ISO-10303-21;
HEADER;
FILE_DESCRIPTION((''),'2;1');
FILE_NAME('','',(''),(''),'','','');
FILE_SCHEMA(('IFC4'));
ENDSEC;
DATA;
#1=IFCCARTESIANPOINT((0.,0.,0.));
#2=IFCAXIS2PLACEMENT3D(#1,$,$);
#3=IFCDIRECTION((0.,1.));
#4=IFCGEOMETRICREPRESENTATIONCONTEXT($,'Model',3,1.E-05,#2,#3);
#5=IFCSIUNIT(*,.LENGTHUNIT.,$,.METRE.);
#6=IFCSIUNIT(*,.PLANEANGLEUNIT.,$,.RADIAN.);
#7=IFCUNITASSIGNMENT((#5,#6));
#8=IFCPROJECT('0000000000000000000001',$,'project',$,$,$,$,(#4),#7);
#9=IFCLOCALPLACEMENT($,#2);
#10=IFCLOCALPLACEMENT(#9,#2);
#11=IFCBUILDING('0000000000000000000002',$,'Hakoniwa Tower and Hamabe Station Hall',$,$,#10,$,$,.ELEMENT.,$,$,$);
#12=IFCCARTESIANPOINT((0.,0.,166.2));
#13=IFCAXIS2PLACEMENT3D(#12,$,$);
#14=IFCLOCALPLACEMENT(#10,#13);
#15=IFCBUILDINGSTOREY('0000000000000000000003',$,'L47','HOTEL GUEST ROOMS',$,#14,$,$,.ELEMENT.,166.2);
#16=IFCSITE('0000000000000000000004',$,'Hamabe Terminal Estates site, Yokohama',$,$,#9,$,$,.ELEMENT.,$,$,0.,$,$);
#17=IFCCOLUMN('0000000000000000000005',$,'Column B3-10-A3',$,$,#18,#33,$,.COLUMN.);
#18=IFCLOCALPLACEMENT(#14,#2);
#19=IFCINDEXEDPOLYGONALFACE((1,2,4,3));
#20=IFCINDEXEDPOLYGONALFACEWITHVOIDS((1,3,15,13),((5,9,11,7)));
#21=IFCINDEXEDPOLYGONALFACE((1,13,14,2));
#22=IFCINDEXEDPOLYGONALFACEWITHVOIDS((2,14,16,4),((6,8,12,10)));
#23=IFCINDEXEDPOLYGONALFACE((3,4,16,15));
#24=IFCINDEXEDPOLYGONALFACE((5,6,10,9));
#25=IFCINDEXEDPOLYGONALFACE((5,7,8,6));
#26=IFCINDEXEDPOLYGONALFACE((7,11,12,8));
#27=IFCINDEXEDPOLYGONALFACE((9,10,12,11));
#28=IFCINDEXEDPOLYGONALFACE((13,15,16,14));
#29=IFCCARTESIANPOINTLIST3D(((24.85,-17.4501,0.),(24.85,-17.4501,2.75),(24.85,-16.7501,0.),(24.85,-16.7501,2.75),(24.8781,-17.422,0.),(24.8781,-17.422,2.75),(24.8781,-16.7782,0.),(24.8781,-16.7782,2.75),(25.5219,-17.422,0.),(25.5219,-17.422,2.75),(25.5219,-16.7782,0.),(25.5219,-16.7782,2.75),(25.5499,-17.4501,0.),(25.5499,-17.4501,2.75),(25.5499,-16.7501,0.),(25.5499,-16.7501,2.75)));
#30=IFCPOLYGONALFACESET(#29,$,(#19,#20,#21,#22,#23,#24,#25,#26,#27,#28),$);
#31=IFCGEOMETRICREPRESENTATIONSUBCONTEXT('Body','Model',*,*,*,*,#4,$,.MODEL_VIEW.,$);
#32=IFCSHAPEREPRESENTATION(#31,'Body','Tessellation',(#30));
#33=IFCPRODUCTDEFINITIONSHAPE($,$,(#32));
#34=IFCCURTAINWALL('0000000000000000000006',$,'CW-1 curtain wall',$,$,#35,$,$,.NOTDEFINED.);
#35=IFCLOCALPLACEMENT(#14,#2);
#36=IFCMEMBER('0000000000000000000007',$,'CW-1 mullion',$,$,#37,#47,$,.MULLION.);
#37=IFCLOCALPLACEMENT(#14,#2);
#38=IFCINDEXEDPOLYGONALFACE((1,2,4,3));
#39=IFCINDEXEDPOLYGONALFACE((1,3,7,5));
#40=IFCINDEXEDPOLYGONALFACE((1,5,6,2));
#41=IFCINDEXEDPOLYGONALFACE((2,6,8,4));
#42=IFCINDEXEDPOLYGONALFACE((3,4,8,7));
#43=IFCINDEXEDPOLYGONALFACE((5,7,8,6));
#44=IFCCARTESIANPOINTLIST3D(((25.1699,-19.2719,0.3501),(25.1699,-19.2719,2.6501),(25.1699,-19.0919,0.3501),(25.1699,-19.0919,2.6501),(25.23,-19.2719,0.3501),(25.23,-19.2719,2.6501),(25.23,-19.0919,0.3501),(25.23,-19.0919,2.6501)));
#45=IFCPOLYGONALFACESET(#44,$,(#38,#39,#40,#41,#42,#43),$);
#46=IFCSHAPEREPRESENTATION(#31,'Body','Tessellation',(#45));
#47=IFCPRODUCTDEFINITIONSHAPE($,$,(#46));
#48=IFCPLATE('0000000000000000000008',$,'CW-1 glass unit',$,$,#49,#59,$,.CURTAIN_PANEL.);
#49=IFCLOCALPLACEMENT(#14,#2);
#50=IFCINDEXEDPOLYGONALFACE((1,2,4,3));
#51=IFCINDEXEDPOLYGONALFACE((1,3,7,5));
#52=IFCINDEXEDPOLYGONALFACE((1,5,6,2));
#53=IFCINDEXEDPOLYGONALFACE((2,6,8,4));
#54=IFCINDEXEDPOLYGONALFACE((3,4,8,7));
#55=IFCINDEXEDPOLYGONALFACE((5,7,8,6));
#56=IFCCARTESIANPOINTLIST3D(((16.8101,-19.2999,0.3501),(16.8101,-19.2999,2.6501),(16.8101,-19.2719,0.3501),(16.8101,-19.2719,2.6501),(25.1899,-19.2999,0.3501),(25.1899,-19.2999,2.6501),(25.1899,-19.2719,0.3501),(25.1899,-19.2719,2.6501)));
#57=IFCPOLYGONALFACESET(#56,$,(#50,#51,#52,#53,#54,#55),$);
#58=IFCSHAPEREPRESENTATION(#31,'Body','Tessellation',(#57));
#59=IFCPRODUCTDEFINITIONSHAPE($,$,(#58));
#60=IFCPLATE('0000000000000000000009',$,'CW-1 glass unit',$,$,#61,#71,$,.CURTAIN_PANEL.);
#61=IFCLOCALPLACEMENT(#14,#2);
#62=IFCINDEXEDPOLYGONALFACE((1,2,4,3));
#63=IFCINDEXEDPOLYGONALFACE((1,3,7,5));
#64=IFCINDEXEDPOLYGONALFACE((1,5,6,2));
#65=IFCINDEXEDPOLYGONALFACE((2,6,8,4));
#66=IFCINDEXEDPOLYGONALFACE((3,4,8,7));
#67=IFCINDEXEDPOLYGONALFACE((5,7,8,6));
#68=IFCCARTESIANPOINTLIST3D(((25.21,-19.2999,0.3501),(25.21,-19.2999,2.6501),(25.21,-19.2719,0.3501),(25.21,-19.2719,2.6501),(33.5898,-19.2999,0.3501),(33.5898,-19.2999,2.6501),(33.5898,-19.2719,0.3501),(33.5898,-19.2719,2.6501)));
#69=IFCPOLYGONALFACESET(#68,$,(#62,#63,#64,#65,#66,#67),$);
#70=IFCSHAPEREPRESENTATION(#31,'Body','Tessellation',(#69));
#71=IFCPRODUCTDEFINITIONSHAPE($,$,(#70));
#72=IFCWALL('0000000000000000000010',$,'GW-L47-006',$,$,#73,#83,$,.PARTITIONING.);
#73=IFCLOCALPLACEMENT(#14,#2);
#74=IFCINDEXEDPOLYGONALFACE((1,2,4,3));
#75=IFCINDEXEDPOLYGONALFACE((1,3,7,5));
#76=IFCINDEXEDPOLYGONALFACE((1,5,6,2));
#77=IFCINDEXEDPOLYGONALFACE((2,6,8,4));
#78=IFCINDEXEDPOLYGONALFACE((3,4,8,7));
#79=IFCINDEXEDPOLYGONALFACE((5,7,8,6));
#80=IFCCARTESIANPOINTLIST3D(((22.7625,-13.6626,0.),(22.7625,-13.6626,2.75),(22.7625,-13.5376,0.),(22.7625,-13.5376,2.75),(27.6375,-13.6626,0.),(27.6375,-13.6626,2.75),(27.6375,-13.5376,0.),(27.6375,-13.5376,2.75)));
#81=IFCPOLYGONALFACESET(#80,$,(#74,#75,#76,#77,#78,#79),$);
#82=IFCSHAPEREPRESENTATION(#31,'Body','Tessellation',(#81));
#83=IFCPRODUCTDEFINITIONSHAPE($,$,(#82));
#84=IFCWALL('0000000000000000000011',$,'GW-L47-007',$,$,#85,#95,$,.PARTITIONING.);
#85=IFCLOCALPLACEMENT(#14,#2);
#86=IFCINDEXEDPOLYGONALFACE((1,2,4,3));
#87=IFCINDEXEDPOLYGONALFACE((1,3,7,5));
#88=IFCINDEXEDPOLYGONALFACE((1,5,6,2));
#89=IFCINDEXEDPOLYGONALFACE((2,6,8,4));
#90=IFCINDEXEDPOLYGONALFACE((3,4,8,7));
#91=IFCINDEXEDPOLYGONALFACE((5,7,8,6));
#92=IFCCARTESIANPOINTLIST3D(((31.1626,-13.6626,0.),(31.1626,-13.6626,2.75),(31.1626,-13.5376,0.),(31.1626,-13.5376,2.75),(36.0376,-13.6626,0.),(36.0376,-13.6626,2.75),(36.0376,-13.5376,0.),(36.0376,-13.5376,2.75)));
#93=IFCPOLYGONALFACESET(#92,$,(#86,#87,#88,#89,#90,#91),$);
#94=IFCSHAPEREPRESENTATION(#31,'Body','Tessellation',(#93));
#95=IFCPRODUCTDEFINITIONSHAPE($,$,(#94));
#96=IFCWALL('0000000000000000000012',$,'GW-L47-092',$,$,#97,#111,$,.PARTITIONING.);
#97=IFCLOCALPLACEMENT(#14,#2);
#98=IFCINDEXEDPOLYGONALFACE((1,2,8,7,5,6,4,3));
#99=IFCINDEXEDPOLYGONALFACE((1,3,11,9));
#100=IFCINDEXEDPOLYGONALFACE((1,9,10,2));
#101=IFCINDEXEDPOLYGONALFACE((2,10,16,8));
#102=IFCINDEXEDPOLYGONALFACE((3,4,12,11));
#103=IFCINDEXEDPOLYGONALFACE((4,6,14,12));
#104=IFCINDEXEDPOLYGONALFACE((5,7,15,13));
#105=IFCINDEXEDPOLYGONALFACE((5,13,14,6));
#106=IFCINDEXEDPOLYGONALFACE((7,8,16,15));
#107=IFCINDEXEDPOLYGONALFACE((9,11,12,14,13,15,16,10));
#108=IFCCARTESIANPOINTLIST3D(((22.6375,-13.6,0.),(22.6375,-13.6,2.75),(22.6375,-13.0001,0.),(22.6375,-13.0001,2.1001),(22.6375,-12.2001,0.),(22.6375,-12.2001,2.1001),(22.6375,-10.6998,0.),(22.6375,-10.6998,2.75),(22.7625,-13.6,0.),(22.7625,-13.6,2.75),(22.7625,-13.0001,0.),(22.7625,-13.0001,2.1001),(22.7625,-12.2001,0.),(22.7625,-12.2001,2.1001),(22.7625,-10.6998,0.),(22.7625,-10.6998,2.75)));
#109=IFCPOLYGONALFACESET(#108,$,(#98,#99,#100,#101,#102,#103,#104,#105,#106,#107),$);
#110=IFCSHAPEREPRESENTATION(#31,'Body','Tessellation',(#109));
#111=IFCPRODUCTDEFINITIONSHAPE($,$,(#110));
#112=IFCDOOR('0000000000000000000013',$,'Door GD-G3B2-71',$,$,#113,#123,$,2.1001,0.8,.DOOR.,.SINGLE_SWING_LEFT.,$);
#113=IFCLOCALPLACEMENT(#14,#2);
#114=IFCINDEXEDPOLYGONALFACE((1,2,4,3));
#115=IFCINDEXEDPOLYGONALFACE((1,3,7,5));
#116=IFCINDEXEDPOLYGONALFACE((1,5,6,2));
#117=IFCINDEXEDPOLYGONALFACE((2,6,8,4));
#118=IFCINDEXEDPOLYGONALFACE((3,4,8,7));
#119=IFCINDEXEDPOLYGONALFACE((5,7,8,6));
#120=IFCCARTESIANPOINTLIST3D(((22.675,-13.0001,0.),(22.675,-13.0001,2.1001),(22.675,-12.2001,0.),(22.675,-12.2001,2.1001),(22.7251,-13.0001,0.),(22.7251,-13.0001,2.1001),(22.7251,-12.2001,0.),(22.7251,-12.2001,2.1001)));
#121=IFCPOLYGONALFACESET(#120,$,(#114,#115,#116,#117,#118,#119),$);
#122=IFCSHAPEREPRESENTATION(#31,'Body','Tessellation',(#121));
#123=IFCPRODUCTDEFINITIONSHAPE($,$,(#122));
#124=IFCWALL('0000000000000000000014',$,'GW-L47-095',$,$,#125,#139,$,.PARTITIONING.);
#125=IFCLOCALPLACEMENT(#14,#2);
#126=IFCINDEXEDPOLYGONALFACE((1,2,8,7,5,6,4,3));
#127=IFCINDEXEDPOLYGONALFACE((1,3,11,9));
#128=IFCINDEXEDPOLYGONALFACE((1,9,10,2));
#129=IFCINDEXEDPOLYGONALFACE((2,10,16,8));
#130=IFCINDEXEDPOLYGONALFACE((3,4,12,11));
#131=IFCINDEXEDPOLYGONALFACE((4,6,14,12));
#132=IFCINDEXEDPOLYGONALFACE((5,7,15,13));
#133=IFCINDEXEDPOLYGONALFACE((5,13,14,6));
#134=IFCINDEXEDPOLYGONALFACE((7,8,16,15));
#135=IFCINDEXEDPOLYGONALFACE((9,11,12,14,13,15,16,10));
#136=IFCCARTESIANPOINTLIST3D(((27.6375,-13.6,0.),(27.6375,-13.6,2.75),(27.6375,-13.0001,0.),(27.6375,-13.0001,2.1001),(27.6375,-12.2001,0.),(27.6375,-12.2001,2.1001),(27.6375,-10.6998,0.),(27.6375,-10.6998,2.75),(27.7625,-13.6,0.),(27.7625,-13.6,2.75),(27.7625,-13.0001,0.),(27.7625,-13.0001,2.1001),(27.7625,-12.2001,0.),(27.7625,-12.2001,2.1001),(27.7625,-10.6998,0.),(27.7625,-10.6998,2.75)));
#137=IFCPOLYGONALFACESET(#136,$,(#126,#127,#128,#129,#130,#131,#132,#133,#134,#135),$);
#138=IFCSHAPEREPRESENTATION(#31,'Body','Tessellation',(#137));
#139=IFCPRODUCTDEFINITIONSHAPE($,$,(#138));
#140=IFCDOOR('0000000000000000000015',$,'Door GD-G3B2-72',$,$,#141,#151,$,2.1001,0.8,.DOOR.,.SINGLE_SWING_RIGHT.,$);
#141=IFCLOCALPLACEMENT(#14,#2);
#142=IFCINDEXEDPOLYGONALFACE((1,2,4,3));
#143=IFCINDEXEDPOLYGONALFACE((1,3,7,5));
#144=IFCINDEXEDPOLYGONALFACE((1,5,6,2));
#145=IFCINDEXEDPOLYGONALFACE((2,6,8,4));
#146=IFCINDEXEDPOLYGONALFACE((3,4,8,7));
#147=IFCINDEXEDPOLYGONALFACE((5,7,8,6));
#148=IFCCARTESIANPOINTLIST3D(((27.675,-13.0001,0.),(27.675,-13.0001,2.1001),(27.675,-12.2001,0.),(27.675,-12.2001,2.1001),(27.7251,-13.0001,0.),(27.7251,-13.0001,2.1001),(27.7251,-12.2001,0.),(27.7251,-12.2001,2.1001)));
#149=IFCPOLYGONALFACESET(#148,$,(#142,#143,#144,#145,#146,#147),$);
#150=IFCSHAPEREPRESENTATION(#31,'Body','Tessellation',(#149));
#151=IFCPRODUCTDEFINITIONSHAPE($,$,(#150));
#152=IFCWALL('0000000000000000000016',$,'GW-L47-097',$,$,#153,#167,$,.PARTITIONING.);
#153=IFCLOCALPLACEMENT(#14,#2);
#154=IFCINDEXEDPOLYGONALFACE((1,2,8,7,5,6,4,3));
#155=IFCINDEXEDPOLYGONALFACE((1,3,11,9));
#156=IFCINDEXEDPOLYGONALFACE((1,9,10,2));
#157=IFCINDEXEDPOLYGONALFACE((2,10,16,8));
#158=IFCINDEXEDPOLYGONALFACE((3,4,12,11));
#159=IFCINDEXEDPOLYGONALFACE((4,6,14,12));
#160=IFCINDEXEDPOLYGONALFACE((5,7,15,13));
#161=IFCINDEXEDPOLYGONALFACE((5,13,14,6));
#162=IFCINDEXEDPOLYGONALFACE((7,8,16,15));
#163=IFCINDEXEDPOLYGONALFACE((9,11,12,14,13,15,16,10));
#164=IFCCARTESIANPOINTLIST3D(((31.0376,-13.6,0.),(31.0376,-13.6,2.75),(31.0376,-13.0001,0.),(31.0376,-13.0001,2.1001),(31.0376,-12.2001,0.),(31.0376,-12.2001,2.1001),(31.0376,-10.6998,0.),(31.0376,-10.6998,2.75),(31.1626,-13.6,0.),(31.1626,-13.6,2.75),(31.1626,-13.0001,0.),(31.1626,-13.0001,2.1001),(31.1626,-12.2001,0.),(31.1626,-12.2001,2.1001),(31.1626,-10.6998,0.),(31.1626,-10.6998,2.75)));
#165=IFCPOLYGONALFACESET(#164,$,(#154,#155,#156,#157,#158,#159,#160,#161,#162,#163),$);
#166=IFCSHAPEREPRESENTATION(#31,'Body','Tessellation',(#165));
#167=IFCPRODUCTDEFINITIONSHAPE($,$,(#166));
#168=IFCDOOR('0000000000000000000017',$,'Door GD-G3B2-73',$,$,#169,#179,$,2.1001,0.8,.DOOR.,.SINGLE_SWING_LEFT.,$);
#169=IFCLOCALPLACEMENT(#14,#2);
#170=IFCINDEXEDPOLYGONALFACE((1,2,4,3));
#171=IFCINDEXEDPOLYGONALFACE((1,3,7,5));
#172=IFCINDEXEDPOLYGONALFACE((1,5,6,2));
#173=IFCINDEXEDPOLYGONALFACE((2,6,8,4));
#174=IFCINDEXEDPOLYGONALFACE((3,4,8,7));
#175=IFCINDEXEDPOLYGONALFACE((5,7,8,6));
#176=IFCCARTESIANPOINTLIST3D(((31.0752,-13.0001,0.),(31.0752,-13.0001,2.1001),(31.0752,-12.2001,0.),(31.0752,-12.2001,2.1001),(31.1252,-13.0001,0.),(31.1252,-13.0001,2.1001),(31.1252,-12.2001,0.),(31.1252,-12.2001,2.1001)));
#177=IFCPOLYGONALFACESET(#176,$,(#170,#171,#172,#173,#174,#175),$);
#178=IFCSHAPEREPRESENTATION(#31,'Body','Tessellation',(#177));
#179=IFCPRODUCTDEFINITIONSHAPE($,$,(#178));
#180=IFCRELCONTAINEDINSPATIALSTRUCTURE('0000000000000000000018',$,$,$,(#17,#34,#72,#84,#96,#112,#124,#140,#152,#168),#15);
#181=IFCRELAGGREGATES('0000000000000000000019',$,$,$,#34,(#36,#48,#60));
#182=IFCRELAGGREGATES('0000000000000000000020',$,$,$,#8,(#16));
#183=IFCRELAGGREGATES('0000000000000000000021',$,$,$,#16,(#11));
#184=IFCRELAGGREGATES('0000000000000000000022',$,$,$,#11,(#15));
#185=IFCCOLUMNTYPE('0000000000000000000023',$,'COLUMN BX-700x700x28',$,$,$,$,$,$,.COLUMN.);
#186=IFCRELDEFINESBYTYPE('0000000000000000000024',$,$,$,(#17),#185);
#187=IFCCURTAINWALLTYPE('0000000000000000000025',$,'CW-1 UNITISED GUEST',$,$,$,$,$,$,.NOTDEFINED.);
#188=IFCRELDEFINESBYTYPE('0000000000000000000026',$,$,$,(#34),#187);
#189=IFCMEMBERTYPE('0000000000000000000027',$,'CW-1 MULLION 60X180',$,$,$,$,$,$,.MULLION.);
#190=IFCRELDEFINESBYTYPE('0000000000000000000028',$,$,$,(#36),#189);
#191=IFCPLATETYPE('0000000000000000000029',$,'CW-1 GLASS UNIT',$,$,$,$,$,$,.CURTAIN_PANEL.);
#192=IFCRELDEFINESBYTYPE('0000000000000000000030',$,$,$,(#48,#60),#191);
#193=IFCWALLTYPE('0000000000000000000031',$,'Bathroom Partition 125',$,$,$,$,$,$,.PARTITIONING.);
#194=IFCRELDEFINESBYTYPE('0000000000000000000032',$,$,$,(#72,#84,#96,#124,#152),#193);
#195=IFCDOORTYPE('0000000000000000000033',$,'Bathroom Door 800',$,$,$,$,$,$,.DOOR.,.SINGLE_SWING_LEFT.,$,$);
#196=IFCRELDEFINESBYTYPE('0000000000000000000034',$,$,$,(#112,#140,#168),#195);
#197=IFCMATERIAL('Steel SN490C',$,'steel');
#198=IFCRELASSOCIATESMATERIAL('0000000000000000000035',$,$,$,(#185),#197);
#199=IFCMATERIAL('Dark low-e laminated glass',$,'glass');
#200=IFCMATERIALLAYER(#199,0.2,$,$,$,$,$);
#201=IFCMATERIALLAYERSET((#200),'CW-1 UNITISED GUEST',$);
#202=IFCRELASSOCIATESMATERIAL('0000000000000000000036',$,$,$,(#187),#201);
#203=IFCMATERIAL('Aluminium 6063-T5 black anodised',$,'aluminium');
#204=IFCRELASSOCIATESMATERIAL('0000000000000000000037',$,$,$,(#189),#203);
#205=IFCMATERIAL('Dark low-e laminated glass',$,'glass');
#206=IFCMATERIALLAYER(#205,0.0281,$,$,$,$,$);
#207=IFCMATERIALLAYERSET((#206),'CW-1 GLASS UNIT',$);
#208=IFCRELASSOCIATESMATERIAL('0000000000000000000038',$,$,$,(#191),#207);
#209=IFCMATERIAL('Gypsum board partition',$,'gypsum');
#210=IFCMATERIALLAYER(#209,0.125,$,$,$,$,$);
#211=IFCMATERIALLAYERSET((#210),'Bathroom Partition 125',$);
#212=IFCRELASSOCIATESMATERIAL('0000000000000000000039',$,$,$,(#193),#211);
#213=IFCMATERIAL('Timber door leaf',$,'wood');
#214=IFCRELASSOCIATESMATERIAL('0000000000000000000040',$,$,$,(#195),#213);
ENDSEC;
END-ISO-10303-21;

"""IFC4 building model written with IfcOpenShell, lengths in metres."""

from ifc_helpers import new_model, si_unit, direction, frame, frame_2d, origin, origin_2d, place, context, subcontext, project, spatial, rectangle, hollow_rectangle, extrude, material, layer, layer_set, material_profile, profile_set, type_object, element, fill, aggregate, save


model = new_model("IFC4")

# Units and contexts
model_context = context("Model", 3, precision=1e-05, world=origin(), true_north=direction((0.0, 1.0)))
body_context = subcontext(model_context, "Body", "Model", "MODEL_VIEW")
ifc_project = project(units=[si_unit("LENGTHUNIT", "METRE"), si_unit("PLANEANGLEUNIT", "RADIAN")], contexts=[model_context])

# Site, building, storey
site_placement = place(None, origin())
site = spatial("IfcSite", under=ifc_project, at=site_placement, Name="Hamabe Terminal Estates site, Yokohama", CompositionType="ELEMENT", RefElevation=0.0)
building_placement = place(site_placement, origin())
building = spatial("IfcBuilding", under=site, at=building_placement, Name="Hakoniwa Tower and Hamabe Station Hall", CompositionType="ELEMENT")
storey_placement = place(building_placement, frame((0.0, 0.0, 166.2)))
storey = spatial("IfcBuildingStorey", under=building, at=storey_placement, Name="L47", Description="HOTEL GUEST ROOMS", CompositionType="ELEMENT", Elevation=166.2)

# Column
ifc_material_1 = material(Name="Steel SN490C", Category="steel")
ifc_material_profile_1 = material_profile(ifc_material_1, hollow_rectangle(XDim=0.7, YDim=0.7, WallThickness=0.0281, at=origin_2d()), Name="BX-700x700x28")
ifc_profile_set_1 = profile_set([ifc_material_profile_1], Name="Steel SN490C")
column_type = type_object("IfcColumnType", Name="COLUMN BX-700x700x28", PredefinedType="COLUMN", material=ifc_profile_set_1)
column_placement = place(storey_placement, frame((25.2, -17.1001, 0.0), z_axis=(0.0, 0.0, 1.0), x_axis=(1.0, 0.0, 0.0)))
element("IfcColumn", 1, at=column_placement, inside=storey, type_object=column_type, Name="Column B3-10-A3", PredefinedType="COLUMN", context=body_context, shape_type="SweptSolid", body=[
    extrude(hollow_rectangle(XDim=0.7, YDim=0.7, WallThickness=0.0281, at=origin_2d()), origin(), (0.0, 0.0, 1.0), 2.75),
])

# Curtain wall, member, plates
ifc_material_2 = material(Name="Dark low-e laminated glass", Category="glass")
ifc_layer_1 = layer(ifc_material_2, 0.2)
ifc_layer_set_1 = layer_set([ifc_layer_1], Name="CW-1 UNITISED GUEST")
curtain_wall_type = type_object("IfcCurtainWallType", Name="CW-1 UNITISED GUEST", PredefinedType="NOTDEFINED", material=ifc_layer_set_1)
curtain_wall_placement = place(storey_placement, origin())
curtain_wall = element("IfcCurtainWall", 2, at=curtain_wall_placement, inside=storey, type_object=curtain_wall_type, Name="CW-1 curtain wall", PredefinedType="NOTDEFINED")
ifc_material_3 = material(Name="Aluminium 6063-T5 black anodised", Category="aluminium")
ifc_material_profile_2 = material_profile(ifc_material_3, rectangle(XDim=0.0601, YDim=0.1799, at=origin_2d()), Name="CW-1 MULLION 60X180")
ifc_profile_set_2 = profile_set([ifc_material_profile_2], Name="Aluminium 6063-T5 black anodised")
member_type = type_object("IfcMemberType", Name="CW-1 MULLION 60X180", PredefinedType="MULLION", material=ifc_profile_set_2)
member_placement = place(storey_placement, frame((25.2, -19.1819, 0.3501), z_axis=(0.0, 0.0, 1.0), x_axis=(1.0, 0.0, 0.0)))
member = element("IfcMember", 3, at=member_placement, type_object=member_type, Name="CW-1 mullion", PredefinedType="MULLION", context=body_context, shape_type="SweptSolid", body=[
    extrude(rectangle(XDim=0.0601, YDim=0.1799, at=origin_2d()), origin(), (0.0, 0.0, 1.0), 2.3),
])
ifc_material_4 = material(Name="Dark low-e laminated glass", Category="glass")
ifc_layer_2 = layer(ifc_material_4, 0.0281)
ifc_layer_set_2 = layer_set([ifc_layer_2], Name="CW-1 GLASS UNIT")
plate_type = type_object("IfcPlateType", Name="CW-1 GLASS UNIT", PredefinedType="CURTAIN_PANEL", material=ifc_layer_set_2)
plate_1_placement = place(storey_placement, frame((21.0, -19.2859, 0.3501), z_axis=(0.0, 0.0, 1.0), x_axis=(1.0, 0.0, 0.0)))
plate_1 = element("IfcPlate", 4, at=plate_1_placement, type_object=plate_type, Name="CW-1 glass unit", PredefinedType="CURTAIN_PANEL", context=body_context, shape_type="SweptSolid", body=[
    extrude(rectangle(XDim=8.3799, YDim=0.0281, at=origin_2d()), origin(), (0.0, 0.0, 1.0), 2.3),
])
plate_2_placement = place(storey_placement, frame((29.3999, -19.2859, 0.3501), z_axis=(0.0, 0.0, 1.0), x_axis=(1.0, 0.0, 0.0)))
plate_2 = element("IfcPlate", 5, at=plate_2_placement, type_object=plate_type, Name="CW-1 glass unit", PredefinedType="CURTAIN_PANEL", context=body_context, shape_type="SweptSolid", body=[
    extrude(rectangle(XDim=8.3799, YDim=0.0281, at=origin_2d()), origin(), (0.0, 0.0, 1.0), 2.3),
])
aggregate(curtain_wall, [member, plate_1, plate_2])

# Walls
ifc_material_5 = material(Name="Gypsum board partition", Category="gypsum")
ifc_layer_3 = layer(ifc_material_5, 0.125)
ifc_layer_set_3 = layer_set([ifc_layer_3], Name="Bathroom Partition 125")
wall_type_1 = type_object("IfcWallType", Name="Bathroom Partition 125", PredefinedType="PARTITIONING", material=ifc_layer_set_3)
for number, where, z_axis, x_axis, name in (
    (6, (22.7625, -13.6001, 0.0), (0.0, 0.0, 1.0), (1.0, 0.0, 0.0), "GW-L47-006"),
    (7, (31.1626, -13.6001, 0.0), (0.0, 0.0, 1.0), (1.0, 0.0, 0.0), "GW-L47-007"),
):
    element("IfcWall", number, at=place(storey_placement, frame(where, z_axis=z_axis, x_axis=x_axis)), inside=storey, type_object=wall_type_1, Name=name, PredefinedType="PARTITIONING", context=body_context, shape_type="SweptSolid", body=[
        extrude(rectangle(XDim=4.875, YDim=0.125, at=frame_2d((2.4375, 0.0))), origin(), (0.0, 0.0, 1.0), 2.75),
    ])

# Walls, openings, doors
wall_1_placement = place(storey_placement, frame((22.7, -13.6001, 0.0), z_axis=(0.0, 0.0, 1.0), x_axis=(0.0, 1.0, 0.0)))
wall_1 = element("IfcWall", 8, at=wall_1_placement, inside=storey, type_object=wall_type_1, Name="GW-L47-092", PredefinedType="PARTITIONING", context=body_context, shape_type="SweptSolid", body=[
    extrude(rectangle(XDim=2.9001, YDim=0.125, at=frame_2d((1.4502, 0.0))), origin(), (0.0, 0.0, 1.0), 2.75),
])
opening_1_placement = place(wall_1_placement, frame((0.6001, 0.0, 0.0)))
opening_1 = element("IfcOpeningElement", 9, at=opening_1_placement, cuts=wall_1, PredefinedType="OPENING", context=body_context, shape_type="SweptSolid", body=[
    extrude(rectangle(XDim=0.8, YDim=2.1001, at=frame_2d((0.3999, 1.05))), frame((0.0, 0.0725, 0.0), z_axis=(0.0, -1.0, 0.0), x_axis=(1.0, 0.0, 0.0)), (0.0, 0.0, 1.0), 0.145),
])
ifc_material_6 = material(Name="Timber door leaf", Category="wood")
door_type_1 = type_object("IfcDoorType", Name="Bathroom Door 800", OperationType="SINGLE_SWING_LEFT", PredefinedType="DOOR", material=ifc_material_6)
door_1_placement = place(opening_1_placement, origin())
door_1 = element("IfcDoor", 10, at=door_1_placement, inside=storey, type_object=door_type_1, Name="Door GD-G3B2-71", OperationType="SINGLE_SWING_LEFT", OverallHeight=2.1001, OverallWidth=0.8, PredefinedType="DOOR", context=body_context, shape_type="SweptSolid", body=[
    extrude(rectangle(XDim=0.8, YDim=2.1001, at=frame_2d((0.3999, 1.05))), frame((0.0, 0.0249, 0.0), z_axis=(0.0, -1.0, 0.0), x_axis=(1.0, 0.0, 0.0)), (0.0, 0.0, 1.0), 0.05),
])
fill(opening_1, door_1)
wall_2_placement = place(storey_placement, frame((27.7, -13.6001, 0.0), z_axis=(0.0, 0.0, 1.0), x_axis=(0.0, 1.0, 0.0)))
wall_2 = element("IfcWall", 11, at=wall_2_placement, inside=storey, type_object=wall_type_1, Name="GW-L47-095", PredefinedType="PARTITIONING", context=body_context, shape_type="SweptSolid", body=[
    extrude(rectangle(XDim=2.9001, YDim=0.125, at=frame_2d((1.4502, 0.0))), origin(), (0.0, 0.0, 1.0), 2.75),
])
opening_2_placement = place(wall_2_placement, frame((0.6001, 0.0, 0.0)))
opening_2 = element("IfcOpeningElement", 12, at=opening_2_placement, cuts=wall_2, PredefinedType="OPENING", context=body_context, shape_type="SweptSolid", body=[
    extrude(rectangle(XDim=0.8, YDim=2.1001, at=frame_2d((0.3999, 1.05))), frame((0.0, 0.0725, 0.0), z_axis=(0.0, -1.0, 0.0), x_axis=(1.0, 0.0, 0.0)), (0.0, 0.0, 1.0), 0.145),
])
door_2_placement = place(opening_2_placement, origin())
door_2 = element("IfcDoor", 13, at=door_2_placement, inside=storey, type_object=door_type_1, Name="Door GD-G3B2-72", OperationType="SINGLE_SWING_RIGHT", OverallHeight=2.1001, OverallWidth=0.8, PredefinedType="DOOR", context=body_context, shape_type="SweptSolid", body=[
    extrude(rectangle(XDim=0.8, YDim=2.1001, at=frame_2d((0.3999, 1.05))), frame((0.0, 0.0249, 0.0), z_axis=(0.0, -1.0, 0.0), x_axis=(1.0, 0.0, 0.0)), (0.0, 0.0, 1.0), 0.05),
])
fill(opening_2, door_2)
wall_3_placement = place(storey_placement, frame((31.1001, -13.6001, 0.0), z_axis=(0.0, 0.0, 1.0), x_axis=(0.0, 1.0, 0.0)))
wall_3 = element("IfcWall", 14, at=wall_3_placement, inside=storey, type_object=wall_type_1, Name="GW-L47-097", PredefinedType="PARTITIONING", context=body_context, shape_type="SweptSolid", body=[
    extrude(rectangle(XDim=2.9001, YDim=0.125, at=frame_2d((1.4502, 0.0))), origin(), (0.0, 0.0, 1.0), 2.75),
])
opening_3_placement = place(wall_3_placement, frame((0.6001, 0.0, 0.0)))
opening_3 = element("IfcOpeningElement", 15, at=opening_3_placement, cuts=wall_3, PredefinedType="OPENING", context=body_context, shape_type="SweptSolid", body=[
    extrude(rectangle(XDim=0.8, YDim=2.1001, at=frame_2d((0.3999, 1.05))), frame((0.0, 0.0725, 0.0), z_axis=(0.0, -1.0, 0.0), x_axis=(1.0, 0.0, 0.0)), (0.0, 0.0, 1.0), 0.145),
])
door_3_placement = place(opening_3_placement, origin())
door_3 = element("IfcDoor", 16, at=door_3_placement, inside=storey, type_object=door_type_1, Name="Door GD-G3B2-73", OperationType="SINGLE_SWING_LEFT", OverallHeight=2.1001, OverallWidth=0.8, PredefinedType="DOOR", context=body_context, shape_type="SweptSolid", body=[
    extrude(rectangle(XDim=0.8, YDim=2.1001, at=frame_2d((0.3999, 1.05))), frame((0.0, 0.0249, 0.0), z_axis=(0.0, -1.0, 0.0), x_axis=(1.0, 0.0, 0.0)), (0.0, 0.0, 1.0), 0.05),
])
fill(opening_3, door_3)

save(model, "model.ifc")
